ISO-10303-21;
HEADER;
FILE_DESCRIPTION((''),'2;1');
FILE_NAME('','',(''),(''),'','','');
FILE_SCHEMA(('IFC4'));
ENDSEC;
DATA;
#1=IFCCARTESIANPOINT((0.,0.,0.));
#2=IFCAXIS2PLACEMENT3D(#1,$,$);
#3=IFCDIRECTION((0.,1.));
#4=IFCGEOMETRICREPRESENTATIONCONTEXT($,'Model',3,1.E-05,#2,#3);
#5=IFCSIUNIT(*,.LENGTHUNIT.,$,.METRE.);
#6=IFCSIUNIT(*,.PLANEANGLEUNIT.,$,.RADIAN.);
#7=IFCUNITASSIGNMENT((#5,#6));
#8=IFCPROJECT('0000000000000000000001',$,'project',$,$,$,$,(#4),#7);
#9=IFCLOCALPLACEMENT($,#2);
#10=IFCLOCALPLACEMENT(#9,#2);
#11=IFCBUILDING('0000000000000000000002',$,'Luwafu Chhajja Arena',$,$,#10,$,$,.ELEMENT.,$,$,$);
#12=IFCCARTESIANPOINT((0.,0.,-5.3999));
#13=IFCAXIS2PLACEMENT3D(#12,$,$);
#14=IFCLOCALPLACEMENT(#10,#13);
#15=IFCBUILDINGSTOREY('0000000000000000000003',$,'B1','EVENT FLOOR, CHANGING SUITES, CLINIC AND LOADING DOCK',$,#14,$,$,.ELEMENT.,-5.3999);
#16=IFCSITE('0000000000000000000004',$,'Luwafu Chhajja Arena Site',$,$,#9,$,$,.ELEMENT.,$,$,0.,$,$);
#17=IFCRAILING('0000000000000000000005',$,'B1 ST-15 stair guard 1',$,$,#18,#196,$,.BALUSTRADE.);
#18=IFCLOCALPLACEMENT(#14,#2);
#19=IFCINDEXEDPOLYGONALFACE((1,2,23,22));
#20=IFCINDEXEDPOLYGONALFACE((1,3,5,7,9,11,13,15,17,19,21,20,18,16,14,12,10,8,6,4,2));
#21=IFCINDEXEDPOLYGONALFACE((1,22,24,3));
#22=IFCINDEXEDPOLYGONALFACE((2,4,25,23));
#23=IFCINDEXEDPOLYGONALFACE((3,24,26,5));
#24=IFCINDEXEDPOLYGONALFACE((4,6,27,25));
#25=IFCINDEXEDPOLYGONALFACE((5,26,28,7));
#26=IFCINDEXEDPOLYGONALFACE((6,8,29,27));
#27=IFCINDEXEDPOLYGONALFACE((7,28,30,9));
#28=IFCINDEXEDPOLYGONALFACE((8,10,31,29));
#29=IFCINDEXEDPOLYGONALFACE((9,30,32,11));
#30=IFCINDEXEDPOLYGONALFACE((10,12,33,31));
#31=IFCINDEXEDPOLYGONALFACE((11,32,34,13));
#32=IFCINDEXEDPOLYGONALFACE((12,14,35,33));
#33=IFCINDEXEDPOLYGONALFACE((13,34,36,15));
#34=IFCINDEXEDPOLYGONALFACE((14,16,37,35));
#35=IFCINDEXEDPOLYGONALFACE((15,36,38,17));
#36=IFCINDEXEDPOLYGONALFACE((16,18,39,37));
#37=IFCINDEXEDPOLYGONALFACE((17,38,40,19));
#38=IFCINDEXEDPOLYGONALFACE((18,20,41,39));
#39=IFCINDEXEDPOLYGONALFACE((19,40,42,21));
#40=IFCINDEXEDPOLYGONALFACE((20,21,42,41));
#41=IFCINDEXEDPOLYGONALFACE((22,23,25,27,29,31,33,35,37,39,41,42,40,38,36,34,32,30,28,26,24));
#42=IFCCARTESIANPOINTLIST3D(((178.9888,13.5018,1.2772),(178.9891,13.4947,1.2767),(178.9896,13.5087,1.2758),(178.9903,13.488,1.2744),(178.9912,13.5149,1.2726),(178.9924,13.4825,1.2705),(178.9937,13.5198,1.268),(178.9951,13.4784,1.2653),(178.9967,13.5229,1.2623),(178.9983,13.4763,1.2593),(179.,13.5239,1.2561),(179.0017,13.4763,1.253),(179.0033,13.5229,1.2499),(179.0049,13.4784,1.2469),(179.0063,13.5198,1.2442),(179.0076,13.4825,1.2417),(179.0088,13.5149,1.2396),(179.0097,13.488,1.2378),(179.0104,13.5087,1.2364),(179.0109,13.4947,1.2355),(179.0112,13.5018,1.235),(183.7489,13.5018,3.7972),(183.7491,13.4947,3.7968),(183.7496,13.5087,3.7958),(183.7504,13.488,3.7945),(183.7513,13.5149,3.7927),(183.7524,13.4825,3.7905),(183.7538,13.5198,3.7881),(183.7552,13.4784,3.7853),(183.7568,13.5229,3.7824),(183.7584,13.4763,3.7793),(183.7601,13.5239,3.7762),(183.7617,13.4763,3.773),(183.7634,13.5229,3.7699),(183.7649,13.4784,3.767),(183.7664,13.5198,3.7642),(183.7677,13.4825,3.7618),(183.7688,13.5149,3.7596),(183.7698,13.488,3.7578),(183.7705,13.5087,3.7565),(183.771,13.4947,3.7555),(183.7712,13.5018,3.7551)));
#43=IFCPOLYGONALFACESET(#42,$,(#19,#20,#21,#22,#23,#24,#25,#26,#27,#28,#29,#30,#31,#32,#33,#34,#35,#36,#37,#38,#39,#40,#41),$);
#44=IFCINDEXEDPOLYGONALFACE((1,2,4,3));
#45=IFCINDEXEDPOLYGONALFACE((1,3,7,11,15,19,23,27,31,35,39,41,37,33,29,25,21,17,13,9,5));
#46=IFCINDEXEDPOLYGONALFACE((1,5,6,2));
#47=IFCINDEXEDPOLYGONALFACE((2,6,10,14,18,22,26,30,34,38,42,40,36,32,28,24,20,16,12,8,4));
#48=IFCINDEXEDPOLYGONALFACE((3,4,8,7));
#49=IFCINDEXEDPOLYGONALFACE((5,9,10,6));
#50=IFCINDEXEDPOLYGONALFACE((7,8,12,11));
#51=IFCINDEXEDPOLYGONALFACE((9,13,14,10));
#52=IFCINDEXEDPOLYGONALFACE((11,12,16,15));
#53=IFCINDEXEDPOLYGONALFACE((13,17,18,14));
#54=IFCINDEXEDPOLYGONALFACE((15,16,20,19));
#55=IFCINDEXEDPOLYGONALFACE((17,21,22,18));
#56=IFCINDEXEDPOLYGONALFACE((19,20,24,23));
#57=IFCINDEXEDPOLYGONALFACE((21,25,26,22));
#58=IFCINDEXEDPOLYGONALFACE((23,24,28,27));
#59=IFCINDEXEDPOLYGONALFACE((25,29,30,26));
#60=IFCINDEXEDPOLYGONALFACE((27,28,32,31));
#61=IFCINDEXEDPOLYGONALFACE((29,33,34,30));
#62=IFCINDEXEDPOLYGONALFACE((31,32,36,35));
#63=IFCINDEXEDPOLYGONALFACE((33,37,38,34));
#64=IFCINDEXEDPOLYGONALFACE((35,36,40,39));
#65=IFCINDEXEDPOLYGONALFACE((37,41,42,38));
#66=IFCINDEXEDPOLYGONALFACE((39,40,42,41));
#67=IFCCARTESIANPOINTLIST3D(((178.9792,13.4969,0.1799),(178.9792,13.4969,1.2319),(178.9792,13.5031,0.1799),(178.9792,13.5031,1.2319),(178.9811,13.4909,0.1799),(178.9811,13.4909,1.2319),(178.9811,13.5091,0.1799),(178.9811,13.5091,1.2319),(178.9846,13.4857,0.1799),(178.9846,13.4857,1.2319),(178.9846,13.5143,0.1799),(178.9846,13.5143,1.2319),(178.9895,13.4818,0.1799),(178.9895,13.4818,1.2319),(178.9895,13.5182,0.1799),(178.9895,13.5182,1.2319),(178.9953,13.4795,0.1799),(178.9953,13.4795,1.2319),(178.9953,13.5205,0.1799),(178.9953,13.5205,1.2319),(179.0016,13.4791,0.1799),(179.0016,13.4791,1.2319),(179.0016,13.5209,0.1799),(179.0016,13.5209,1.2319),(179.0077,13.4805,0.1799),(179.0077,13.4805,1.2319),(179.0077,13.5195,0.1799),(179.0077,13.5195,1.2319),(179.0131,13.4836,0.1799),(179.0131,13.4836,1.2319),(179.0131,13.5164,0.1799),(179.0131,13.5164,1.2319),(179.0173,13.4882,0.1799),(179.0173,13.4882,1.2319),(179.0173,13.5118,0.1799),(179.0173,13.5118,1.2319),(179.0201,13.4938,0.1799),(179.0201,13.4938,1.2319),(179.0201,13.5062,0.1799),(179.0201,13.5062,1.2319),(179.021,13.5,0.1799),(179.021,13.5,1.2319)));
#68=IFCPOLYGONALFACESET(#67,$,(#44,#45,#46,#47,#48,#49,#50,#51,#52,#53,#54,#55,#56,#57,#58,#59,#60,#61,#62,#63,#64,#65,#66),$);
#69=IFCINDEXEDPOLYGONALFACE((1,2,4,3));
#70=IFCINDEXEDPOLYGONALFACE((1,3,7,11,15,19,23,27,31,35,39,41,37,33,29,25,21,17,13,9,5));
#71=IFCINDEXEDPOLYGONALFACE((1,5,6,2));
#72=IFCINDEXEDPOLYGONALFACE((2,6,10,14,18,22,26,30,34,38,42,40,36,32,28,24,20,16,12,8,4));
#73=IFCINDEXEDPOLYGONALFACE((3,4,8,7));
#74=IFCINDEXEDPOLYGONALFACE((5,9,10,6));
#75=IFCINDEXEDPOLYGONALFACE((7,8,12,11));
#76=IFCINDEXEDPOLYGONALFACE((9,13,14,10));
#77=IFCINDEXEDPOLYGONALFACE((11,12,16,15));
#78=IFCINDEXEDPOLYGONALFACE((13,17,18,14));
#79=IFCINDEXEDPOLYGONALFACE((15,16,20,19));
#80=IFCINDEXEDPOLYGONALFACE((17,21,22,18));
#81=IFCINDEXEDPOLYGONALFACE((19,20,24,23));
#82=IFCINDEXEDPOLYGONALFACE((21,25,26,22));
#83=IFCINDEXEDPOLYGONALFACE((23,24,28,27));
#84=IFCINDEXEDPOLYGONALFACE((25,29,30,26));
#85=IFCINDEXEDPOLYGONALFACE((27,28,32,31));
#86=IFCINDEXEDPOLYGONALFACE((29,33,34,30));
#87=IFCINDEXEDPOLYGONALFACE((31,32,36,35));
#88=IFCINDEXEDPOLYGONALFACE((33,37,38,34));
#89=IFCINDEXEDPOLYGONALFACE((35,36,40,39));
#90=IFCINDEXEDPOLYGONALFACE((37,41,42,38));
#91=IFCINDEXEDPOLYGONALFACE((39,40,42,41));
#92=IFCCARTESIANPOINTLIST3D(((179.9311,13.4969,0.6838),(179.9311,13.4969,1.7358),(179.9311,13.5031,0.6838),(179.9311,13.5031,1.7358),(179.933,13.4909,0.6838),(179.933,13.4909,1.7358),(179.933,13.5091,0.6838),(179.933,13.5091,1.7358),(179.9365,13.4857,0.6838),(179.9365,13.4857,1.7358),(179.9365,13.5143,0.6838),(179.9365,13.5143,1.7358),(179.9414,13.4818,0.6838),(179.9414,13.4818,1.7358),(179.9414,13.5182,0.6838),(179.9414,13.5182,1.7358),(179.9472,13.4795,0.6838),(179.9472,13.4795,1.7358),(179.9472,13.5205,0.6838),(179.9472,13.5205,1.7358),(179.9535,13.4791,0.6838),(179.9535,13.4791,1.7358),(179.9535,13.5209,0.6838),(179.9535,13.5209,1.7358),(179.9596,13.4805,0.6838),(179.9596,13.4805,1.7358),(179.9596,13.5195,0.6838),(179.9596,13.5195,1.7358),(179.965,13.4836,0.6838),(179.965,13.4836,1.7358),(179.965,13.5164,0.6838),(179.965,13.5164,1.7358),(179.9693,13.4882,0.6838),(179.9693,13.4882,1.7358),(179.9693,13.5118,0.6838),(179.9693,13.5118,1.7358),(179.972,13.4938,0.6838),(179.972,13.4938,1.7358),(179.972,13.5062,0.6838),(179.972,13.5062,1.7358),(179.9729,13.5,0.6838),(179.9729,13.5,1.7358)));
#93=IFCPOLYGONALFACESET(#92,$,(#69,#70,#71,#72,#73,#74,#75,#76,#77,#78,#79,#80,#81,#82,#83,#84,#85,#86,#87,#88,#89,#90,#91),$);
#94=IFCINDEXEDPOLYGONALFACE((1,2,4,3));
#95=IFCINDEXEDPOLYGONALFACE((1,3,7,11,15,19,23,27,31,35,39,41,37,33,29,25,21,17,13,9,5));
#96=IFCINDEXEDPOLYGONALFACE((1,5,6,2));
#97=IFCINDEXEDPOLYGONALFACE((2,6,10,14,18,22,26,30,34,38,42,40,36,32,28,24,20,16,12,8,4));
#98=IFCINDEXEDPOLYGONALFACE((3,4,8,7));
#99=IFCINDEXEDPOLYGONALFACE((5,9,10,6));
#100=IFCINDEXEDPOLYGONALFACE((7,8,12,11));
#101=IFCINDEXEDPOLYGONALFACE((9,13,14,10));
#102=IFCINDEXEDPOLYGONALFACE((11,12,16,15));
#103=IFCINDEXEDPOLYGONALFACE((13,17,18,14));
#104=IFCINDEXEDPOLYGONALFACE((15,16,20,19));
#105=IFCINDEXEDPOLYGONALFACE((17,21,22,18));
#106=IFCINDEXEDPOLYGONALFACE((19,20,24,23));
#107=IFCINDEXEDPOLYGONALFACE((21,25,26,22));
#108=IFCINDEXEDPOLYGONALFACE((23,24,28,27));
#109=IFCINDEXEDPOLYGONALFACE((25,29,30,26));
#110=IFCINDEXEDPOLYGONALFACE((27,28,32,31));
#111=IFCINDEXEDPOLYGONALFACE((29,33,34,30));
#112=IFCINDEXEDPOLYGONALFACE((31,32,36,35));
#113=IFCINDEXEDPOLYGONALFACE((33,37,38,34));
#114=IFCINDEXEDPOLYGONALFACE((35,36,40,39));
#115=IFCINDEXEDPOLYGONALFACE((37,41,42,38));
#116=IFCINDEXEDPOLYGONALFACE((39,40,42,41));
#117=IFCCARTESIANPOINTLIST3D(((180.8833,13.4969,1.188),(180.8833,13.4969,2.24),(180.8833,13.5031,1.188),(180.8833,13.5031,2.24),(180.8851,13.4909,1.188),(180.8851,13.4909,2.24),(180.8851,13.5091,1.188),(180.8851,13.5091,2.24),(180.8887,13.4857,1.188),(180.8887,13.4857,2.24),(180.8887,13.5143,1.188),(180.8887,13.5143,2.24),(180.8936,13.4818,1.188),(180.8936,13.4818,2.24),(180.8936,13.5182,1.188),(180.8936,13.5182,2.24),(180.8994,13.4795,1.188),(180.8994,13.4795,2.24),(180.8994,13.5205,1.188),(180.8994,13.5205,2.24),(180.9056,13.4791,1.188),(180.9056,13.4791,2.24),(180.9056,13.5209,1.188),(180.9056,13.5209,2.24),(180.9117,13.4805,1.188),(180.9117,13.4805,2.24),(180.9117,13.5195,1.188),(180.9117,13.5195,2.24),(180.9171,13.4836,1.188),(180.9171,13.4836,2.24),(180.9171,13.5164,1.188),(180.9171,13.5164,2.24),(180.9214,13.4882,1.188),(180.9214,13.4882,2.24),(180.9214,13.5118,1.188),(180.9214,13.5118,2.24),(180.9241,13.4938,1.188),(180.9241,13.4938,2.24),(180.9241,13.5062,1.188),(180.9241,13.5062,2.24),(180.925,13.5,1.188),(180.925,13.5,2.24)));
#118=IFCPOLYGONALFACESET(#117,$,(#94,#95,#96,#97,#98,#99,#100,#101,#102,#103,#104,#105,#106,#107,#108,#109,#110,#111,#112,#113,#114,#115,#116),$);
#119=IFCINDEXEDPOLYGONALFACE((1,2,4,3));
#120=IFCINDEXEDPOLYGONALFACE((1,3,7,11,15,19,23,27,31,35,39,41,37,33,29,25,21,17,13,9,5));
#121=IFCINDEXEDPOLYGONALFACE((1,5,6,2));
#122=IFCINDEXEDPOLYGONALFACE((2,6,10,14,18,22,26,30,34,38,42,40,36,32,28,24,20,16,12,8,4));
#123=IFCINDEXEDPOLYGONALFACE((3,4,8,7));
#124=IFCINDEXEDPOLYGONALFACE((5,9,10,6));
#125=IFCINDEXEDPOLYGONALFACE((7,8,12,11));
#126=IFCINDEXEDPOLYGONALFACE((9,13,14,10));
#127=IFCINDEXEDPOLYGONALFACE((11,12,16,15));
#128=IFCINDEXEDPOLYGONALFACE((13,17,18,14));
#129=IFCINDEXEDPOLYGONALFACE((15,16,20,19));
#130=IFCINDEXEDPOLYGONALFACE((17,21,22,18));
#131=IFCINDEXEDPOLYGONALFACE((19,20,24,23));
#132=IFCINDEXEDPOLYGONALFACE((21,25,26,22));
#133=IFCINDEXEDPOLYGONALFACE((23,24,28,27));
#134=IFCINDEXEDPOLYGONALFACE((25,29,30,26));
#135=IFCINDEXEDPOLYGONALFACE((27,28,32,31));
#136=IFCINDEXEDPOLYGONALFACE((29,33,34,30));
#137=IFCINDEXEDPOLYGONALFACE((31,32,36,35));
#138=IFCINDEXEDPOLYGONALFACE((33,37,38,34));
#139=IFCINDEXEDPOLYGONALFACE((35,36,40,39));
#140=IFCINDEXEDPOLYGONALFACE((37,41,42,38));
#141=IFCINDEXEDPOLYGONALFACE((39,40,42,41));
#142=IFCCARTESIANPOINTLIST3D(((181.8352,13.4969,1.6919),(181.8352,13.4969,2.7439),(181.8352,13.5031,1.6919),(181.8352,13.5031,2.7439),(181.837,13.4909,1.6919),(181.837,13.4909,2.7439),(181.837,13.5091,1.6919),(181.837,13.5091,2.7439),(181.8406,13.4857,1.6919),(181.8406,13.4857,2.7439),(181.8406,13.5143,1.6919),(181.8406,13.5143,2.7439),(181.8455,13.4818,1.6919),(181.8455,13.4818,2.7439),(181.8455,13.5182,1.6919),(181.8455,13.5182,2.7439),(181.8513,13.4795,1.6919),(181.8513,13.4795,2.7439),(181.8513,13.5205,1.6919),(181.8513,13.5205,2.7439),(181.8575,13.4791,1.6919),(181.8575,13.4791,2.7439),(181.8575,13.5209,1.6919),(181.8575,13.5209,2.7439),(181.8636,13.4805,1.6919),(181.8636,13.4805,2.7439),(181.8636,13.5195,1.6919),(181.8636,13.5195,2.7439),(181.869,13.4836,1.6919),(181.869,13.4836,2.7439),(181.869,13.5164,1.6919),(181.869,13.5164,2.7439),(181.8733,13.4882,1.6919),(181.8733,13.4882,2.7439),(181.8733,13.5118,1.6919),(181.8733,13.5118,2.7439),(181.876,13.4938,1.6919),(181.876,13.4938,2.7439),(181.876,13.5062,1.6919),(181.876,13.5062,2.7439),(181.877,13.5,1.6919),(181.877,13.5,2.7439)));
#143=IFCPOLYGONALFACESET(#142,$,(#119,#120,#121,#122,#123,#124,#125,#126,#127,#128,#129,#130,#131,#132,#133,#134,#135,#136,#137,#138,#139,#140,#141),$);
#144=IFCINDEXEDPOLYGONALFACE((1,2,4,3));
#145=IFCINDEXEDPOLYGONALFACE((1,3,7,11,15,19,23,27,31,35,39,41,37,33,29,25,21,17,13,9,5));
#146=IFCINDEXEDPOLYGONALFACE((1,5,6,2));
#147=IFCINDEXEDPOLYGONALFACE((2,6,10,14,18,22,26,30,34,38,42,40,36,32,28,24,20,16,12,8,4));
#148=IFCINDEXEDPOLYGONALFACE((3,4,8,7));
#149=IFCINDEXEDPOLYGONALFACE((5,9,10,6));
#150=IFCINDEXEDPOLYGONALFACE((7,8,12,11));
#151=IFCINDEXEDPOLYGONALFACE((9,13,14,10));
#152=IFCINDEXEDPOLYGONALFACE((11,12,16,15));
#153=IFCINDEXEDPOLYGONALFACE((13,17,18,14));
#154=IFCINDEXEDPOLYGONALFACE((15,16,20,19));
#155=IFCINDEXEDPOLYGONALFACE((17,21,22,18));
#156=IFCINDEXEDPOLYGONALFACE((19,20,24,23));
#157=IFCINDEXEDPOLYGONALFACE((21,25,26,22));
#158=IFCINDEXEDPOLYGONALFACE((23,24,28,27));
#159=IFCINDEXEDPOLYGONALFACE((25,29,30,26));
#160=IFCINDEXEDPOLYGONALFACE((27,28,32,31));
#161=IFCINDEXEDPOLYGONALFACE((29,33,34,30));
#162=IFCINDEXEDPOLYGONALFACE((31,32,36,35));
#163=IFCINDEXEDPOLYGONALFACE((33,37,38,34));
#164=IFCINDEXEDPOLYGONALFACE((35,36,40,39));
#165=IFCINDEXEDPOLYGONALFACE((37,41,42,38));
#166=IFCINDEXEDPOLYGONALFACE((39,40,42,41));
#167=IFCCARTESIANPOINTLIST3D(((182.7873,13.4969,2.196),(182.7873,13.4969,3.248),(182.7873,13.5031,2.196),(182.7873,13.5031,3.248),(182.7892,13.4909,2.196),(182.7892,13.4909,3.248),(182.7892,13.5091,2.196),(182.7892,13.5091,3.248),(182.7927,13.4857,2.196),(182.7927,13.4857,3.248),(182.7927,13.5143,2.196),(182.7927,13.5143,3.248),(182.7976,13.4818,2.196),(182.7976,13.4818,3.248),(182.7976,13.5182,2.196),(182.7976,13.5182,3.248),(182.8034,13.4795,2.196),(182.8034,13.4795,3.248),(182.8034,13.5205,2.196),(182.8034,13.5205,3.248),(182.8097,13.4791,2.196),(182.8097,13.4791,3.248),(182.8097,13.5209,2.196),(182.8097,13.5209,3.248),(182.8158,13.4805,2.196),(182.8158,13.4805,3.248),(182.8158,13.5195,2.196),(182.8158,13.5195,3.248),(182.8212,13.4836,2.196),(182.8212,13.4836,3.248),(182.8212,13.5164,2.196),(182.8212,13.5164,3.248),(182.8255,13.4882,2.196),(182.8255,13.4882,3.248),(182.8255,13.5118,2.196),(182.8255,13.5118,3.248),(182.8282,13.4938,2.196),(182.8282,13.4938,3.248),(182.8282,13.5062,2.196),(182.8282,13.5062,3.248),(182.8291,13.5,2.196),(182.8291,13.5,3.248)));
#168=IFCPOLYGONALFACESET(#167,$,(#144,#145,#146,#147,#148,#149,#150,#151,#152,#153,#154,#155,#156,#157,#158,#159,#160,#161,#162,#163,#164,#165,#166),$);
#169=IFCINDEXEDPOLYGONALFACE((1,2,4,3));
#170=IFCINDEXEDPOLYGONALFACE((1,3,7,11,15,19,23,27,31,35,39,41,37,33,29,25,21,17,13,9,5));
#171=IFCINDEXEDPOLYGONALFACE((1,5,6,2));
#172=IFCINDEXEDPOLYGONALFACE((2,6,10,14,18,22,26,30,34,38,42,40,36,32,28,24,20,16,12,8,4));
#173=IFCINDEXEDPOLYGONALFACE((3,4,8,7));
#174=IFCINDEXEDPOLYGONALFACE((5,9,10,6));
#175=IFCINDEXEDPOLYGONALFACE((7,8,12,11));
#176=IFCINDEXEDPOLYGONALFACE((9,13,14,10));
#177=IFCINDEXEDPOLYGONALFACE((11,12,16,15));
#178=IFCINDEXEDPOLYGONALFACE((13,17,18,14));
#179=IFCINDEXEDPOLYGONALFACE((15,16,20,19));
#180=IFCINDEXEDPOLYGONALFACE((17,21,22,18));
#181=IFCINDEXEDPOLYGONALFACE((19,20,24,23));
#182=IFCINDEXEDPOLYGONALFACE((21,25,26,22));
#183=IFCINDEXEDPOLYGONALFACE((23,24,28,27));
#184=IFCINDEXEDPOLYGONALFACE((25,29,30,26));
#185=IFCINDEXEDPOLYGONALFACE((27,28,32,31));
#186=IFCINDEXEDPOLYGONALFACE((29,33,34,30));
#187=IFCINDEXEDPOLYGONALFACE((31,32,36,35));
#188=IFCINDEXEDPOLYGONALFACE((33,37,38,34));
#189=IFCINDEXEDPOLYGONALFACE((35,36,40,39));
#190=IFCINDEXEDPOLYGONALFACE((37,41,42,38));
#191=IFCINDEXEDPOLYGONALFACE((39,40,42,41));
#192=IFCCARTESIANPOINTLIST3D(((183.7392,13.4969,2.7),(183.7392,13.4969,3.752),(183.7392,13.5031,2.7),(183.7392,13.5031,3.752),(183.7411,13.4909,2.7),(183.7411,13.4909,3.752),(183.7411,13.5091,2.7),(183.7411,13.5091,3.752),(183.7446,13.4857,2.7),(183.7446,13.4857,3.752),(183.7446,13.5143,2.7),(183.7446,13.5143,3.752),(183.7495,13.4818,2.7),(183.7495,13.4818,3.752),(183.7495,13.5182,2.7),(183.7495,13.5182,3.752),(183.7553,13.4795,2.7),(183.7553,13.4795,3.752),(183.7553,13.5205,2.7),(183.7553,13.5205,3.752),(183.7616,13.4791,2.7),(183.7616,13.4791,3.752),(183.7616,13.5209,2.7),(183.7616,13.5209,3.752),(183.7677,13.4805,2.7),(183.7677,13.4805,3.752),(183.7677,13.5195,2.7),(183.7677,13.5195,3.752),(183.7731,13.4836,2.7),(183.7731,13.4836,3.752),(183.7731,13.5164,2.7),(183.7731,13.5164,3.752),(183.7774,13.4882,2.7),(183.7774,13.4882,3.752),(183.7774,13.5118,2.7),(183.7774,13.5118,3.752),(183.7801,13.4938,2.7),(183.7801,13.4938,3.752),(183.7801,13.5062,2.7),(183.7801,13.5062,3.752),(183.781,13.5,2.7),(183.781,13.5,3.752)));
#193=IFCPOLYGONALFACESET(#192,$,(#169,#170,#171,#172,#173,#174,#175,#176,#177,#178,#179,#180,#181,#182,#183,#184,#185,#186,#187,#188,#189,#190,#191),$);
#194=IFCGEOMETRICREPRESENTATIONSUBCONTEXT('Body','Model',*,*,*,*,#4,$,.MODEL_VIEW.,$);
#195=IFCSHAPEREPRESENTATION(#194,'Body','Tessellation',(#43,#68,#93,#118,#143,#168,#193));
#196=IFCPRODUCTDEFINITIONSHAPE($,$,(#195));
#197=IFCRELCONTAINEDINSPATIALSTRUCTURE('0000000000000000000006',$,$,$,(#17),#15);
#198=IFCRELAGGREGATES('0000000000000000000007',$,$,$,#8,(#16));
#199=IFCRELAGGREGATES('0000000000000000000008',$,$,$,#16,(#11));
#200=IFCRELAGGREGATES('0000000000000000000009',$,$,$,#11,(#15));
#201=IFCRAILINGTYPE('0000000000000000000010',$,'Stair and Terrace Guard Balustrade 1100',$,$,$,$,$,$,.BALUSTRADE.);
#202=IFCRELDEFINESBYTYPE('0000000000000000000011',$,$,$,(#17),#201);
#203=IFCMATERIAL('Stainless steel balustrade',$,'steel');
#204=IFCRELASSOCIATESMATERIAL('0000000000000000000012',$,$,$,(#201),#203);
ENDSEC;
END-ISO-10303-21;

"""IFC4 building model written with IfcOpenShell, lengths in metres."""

from ifc_helpers import new_model, si_unit, direction, frame, origin, origin_2d, place, context, subcontext, project, spatial, circle, extrude, material, type_object, element, save


model = new_model("IFC4")

# Units and contexts
model_context = context("Model", 3, precision=1e-05, world=origin(), true_north=direction((0.0, 1.0)))
body_context = subcontext(model_context, "Body", "Model", "MODEL_VIEW")
ifc_project = project(units=[si_unit("LENGTHUNIT", "METRE"), si_unit("PLANEANGLEUNIT", "RADIAN")], contexts=[model_context])

# Site, building, storey
site_placement = place(None, origin())
site = spatial("IfcSite", under=ifc_project, at=site_placement, Name="Luwafu Chhajja Arena Site", CompositionType="ELEMENT", RefElevation=0.0)
building_placement = place(site_placement, origin())
building = spatial("IfcBuilding", under=site, at=building_placement, Name="Luwafu Chhajja Arena", CompositionType="ELEMENT")
storey_placement = place(building_placement, frame((0.0, 0.0, -5.3999)))
storey = spatial("IfcBuildingStorey", under=building, at=storey_placement, Name="B1", Description="EVENT FLOOR, CHANGING SUITES, CLINIC AND LOADING DOCK", CompositionType="ELEMENT", Elevation=-5.3999)

# Railing
ifc_material_1 = material(Name="Stainless steel balustrade", Category="steel")
railing_type_1 = type_object("IfcRailingType", Name="Stair and Terrace Guard Balustrade 1100", PredefinedType="BALUSTRADE", material=ifc_material_1)
railing_1_placement = place(storey_placement, frame((179.0, 13.5, 0.1799)))
element("IfcRailing", 1, at=railing_1_placement, inside=storey, type_object=railing_type_1, Name="B1 ST-15 stair guard 1", PredefinedType="BALUSTRADE", context=body_context, shape_type="SweptSolid", body=[
    extrude(circle(Radius=0.0239, at=origin_2d()), frame((0.0, 0.0, 1.0762), z_axis=(0.883787, 0.0, 0.46789), x_axis=(0.0, 1.0, 0.0)), (0.0, 0.0, 1.0), 5.386),
    extrude(circle(Radius=0.021, at=origin_2d()), origin(), (0.0, 0.0, 1.0), 1.052),
    extrude(circle(Radius=0.021, at=origin_2d()), frame((0.9519, 0.0, 0.5039)), (0.0, 0.0, 1.0), 1.052),
    extrude(circle(Radius=0.021, at=origin_2d()), frame((1.9041, 0.0, 1.0081)), (0.0, 0.0, 1.0), 1.052),
    extrude(circle(Radius=0.021, at=origin_2d()), frame((2.856, 0.0, 1.512)), (0.0, 0.0, 1.0), 1.052),
    extrude(circle(Radius=0.021, at=origin_2d()), frame((3.8081, 0.0, 2.0161)), (0.0, 0.0, 1.0), 1.052),
    extrude(circle(Radius=0.021, at=origin_2d()), frame((4.76, 0.0, 2.52)), (0.0, 0.0, 1.0), 1.052),
])

save(model, "model.ifc")
